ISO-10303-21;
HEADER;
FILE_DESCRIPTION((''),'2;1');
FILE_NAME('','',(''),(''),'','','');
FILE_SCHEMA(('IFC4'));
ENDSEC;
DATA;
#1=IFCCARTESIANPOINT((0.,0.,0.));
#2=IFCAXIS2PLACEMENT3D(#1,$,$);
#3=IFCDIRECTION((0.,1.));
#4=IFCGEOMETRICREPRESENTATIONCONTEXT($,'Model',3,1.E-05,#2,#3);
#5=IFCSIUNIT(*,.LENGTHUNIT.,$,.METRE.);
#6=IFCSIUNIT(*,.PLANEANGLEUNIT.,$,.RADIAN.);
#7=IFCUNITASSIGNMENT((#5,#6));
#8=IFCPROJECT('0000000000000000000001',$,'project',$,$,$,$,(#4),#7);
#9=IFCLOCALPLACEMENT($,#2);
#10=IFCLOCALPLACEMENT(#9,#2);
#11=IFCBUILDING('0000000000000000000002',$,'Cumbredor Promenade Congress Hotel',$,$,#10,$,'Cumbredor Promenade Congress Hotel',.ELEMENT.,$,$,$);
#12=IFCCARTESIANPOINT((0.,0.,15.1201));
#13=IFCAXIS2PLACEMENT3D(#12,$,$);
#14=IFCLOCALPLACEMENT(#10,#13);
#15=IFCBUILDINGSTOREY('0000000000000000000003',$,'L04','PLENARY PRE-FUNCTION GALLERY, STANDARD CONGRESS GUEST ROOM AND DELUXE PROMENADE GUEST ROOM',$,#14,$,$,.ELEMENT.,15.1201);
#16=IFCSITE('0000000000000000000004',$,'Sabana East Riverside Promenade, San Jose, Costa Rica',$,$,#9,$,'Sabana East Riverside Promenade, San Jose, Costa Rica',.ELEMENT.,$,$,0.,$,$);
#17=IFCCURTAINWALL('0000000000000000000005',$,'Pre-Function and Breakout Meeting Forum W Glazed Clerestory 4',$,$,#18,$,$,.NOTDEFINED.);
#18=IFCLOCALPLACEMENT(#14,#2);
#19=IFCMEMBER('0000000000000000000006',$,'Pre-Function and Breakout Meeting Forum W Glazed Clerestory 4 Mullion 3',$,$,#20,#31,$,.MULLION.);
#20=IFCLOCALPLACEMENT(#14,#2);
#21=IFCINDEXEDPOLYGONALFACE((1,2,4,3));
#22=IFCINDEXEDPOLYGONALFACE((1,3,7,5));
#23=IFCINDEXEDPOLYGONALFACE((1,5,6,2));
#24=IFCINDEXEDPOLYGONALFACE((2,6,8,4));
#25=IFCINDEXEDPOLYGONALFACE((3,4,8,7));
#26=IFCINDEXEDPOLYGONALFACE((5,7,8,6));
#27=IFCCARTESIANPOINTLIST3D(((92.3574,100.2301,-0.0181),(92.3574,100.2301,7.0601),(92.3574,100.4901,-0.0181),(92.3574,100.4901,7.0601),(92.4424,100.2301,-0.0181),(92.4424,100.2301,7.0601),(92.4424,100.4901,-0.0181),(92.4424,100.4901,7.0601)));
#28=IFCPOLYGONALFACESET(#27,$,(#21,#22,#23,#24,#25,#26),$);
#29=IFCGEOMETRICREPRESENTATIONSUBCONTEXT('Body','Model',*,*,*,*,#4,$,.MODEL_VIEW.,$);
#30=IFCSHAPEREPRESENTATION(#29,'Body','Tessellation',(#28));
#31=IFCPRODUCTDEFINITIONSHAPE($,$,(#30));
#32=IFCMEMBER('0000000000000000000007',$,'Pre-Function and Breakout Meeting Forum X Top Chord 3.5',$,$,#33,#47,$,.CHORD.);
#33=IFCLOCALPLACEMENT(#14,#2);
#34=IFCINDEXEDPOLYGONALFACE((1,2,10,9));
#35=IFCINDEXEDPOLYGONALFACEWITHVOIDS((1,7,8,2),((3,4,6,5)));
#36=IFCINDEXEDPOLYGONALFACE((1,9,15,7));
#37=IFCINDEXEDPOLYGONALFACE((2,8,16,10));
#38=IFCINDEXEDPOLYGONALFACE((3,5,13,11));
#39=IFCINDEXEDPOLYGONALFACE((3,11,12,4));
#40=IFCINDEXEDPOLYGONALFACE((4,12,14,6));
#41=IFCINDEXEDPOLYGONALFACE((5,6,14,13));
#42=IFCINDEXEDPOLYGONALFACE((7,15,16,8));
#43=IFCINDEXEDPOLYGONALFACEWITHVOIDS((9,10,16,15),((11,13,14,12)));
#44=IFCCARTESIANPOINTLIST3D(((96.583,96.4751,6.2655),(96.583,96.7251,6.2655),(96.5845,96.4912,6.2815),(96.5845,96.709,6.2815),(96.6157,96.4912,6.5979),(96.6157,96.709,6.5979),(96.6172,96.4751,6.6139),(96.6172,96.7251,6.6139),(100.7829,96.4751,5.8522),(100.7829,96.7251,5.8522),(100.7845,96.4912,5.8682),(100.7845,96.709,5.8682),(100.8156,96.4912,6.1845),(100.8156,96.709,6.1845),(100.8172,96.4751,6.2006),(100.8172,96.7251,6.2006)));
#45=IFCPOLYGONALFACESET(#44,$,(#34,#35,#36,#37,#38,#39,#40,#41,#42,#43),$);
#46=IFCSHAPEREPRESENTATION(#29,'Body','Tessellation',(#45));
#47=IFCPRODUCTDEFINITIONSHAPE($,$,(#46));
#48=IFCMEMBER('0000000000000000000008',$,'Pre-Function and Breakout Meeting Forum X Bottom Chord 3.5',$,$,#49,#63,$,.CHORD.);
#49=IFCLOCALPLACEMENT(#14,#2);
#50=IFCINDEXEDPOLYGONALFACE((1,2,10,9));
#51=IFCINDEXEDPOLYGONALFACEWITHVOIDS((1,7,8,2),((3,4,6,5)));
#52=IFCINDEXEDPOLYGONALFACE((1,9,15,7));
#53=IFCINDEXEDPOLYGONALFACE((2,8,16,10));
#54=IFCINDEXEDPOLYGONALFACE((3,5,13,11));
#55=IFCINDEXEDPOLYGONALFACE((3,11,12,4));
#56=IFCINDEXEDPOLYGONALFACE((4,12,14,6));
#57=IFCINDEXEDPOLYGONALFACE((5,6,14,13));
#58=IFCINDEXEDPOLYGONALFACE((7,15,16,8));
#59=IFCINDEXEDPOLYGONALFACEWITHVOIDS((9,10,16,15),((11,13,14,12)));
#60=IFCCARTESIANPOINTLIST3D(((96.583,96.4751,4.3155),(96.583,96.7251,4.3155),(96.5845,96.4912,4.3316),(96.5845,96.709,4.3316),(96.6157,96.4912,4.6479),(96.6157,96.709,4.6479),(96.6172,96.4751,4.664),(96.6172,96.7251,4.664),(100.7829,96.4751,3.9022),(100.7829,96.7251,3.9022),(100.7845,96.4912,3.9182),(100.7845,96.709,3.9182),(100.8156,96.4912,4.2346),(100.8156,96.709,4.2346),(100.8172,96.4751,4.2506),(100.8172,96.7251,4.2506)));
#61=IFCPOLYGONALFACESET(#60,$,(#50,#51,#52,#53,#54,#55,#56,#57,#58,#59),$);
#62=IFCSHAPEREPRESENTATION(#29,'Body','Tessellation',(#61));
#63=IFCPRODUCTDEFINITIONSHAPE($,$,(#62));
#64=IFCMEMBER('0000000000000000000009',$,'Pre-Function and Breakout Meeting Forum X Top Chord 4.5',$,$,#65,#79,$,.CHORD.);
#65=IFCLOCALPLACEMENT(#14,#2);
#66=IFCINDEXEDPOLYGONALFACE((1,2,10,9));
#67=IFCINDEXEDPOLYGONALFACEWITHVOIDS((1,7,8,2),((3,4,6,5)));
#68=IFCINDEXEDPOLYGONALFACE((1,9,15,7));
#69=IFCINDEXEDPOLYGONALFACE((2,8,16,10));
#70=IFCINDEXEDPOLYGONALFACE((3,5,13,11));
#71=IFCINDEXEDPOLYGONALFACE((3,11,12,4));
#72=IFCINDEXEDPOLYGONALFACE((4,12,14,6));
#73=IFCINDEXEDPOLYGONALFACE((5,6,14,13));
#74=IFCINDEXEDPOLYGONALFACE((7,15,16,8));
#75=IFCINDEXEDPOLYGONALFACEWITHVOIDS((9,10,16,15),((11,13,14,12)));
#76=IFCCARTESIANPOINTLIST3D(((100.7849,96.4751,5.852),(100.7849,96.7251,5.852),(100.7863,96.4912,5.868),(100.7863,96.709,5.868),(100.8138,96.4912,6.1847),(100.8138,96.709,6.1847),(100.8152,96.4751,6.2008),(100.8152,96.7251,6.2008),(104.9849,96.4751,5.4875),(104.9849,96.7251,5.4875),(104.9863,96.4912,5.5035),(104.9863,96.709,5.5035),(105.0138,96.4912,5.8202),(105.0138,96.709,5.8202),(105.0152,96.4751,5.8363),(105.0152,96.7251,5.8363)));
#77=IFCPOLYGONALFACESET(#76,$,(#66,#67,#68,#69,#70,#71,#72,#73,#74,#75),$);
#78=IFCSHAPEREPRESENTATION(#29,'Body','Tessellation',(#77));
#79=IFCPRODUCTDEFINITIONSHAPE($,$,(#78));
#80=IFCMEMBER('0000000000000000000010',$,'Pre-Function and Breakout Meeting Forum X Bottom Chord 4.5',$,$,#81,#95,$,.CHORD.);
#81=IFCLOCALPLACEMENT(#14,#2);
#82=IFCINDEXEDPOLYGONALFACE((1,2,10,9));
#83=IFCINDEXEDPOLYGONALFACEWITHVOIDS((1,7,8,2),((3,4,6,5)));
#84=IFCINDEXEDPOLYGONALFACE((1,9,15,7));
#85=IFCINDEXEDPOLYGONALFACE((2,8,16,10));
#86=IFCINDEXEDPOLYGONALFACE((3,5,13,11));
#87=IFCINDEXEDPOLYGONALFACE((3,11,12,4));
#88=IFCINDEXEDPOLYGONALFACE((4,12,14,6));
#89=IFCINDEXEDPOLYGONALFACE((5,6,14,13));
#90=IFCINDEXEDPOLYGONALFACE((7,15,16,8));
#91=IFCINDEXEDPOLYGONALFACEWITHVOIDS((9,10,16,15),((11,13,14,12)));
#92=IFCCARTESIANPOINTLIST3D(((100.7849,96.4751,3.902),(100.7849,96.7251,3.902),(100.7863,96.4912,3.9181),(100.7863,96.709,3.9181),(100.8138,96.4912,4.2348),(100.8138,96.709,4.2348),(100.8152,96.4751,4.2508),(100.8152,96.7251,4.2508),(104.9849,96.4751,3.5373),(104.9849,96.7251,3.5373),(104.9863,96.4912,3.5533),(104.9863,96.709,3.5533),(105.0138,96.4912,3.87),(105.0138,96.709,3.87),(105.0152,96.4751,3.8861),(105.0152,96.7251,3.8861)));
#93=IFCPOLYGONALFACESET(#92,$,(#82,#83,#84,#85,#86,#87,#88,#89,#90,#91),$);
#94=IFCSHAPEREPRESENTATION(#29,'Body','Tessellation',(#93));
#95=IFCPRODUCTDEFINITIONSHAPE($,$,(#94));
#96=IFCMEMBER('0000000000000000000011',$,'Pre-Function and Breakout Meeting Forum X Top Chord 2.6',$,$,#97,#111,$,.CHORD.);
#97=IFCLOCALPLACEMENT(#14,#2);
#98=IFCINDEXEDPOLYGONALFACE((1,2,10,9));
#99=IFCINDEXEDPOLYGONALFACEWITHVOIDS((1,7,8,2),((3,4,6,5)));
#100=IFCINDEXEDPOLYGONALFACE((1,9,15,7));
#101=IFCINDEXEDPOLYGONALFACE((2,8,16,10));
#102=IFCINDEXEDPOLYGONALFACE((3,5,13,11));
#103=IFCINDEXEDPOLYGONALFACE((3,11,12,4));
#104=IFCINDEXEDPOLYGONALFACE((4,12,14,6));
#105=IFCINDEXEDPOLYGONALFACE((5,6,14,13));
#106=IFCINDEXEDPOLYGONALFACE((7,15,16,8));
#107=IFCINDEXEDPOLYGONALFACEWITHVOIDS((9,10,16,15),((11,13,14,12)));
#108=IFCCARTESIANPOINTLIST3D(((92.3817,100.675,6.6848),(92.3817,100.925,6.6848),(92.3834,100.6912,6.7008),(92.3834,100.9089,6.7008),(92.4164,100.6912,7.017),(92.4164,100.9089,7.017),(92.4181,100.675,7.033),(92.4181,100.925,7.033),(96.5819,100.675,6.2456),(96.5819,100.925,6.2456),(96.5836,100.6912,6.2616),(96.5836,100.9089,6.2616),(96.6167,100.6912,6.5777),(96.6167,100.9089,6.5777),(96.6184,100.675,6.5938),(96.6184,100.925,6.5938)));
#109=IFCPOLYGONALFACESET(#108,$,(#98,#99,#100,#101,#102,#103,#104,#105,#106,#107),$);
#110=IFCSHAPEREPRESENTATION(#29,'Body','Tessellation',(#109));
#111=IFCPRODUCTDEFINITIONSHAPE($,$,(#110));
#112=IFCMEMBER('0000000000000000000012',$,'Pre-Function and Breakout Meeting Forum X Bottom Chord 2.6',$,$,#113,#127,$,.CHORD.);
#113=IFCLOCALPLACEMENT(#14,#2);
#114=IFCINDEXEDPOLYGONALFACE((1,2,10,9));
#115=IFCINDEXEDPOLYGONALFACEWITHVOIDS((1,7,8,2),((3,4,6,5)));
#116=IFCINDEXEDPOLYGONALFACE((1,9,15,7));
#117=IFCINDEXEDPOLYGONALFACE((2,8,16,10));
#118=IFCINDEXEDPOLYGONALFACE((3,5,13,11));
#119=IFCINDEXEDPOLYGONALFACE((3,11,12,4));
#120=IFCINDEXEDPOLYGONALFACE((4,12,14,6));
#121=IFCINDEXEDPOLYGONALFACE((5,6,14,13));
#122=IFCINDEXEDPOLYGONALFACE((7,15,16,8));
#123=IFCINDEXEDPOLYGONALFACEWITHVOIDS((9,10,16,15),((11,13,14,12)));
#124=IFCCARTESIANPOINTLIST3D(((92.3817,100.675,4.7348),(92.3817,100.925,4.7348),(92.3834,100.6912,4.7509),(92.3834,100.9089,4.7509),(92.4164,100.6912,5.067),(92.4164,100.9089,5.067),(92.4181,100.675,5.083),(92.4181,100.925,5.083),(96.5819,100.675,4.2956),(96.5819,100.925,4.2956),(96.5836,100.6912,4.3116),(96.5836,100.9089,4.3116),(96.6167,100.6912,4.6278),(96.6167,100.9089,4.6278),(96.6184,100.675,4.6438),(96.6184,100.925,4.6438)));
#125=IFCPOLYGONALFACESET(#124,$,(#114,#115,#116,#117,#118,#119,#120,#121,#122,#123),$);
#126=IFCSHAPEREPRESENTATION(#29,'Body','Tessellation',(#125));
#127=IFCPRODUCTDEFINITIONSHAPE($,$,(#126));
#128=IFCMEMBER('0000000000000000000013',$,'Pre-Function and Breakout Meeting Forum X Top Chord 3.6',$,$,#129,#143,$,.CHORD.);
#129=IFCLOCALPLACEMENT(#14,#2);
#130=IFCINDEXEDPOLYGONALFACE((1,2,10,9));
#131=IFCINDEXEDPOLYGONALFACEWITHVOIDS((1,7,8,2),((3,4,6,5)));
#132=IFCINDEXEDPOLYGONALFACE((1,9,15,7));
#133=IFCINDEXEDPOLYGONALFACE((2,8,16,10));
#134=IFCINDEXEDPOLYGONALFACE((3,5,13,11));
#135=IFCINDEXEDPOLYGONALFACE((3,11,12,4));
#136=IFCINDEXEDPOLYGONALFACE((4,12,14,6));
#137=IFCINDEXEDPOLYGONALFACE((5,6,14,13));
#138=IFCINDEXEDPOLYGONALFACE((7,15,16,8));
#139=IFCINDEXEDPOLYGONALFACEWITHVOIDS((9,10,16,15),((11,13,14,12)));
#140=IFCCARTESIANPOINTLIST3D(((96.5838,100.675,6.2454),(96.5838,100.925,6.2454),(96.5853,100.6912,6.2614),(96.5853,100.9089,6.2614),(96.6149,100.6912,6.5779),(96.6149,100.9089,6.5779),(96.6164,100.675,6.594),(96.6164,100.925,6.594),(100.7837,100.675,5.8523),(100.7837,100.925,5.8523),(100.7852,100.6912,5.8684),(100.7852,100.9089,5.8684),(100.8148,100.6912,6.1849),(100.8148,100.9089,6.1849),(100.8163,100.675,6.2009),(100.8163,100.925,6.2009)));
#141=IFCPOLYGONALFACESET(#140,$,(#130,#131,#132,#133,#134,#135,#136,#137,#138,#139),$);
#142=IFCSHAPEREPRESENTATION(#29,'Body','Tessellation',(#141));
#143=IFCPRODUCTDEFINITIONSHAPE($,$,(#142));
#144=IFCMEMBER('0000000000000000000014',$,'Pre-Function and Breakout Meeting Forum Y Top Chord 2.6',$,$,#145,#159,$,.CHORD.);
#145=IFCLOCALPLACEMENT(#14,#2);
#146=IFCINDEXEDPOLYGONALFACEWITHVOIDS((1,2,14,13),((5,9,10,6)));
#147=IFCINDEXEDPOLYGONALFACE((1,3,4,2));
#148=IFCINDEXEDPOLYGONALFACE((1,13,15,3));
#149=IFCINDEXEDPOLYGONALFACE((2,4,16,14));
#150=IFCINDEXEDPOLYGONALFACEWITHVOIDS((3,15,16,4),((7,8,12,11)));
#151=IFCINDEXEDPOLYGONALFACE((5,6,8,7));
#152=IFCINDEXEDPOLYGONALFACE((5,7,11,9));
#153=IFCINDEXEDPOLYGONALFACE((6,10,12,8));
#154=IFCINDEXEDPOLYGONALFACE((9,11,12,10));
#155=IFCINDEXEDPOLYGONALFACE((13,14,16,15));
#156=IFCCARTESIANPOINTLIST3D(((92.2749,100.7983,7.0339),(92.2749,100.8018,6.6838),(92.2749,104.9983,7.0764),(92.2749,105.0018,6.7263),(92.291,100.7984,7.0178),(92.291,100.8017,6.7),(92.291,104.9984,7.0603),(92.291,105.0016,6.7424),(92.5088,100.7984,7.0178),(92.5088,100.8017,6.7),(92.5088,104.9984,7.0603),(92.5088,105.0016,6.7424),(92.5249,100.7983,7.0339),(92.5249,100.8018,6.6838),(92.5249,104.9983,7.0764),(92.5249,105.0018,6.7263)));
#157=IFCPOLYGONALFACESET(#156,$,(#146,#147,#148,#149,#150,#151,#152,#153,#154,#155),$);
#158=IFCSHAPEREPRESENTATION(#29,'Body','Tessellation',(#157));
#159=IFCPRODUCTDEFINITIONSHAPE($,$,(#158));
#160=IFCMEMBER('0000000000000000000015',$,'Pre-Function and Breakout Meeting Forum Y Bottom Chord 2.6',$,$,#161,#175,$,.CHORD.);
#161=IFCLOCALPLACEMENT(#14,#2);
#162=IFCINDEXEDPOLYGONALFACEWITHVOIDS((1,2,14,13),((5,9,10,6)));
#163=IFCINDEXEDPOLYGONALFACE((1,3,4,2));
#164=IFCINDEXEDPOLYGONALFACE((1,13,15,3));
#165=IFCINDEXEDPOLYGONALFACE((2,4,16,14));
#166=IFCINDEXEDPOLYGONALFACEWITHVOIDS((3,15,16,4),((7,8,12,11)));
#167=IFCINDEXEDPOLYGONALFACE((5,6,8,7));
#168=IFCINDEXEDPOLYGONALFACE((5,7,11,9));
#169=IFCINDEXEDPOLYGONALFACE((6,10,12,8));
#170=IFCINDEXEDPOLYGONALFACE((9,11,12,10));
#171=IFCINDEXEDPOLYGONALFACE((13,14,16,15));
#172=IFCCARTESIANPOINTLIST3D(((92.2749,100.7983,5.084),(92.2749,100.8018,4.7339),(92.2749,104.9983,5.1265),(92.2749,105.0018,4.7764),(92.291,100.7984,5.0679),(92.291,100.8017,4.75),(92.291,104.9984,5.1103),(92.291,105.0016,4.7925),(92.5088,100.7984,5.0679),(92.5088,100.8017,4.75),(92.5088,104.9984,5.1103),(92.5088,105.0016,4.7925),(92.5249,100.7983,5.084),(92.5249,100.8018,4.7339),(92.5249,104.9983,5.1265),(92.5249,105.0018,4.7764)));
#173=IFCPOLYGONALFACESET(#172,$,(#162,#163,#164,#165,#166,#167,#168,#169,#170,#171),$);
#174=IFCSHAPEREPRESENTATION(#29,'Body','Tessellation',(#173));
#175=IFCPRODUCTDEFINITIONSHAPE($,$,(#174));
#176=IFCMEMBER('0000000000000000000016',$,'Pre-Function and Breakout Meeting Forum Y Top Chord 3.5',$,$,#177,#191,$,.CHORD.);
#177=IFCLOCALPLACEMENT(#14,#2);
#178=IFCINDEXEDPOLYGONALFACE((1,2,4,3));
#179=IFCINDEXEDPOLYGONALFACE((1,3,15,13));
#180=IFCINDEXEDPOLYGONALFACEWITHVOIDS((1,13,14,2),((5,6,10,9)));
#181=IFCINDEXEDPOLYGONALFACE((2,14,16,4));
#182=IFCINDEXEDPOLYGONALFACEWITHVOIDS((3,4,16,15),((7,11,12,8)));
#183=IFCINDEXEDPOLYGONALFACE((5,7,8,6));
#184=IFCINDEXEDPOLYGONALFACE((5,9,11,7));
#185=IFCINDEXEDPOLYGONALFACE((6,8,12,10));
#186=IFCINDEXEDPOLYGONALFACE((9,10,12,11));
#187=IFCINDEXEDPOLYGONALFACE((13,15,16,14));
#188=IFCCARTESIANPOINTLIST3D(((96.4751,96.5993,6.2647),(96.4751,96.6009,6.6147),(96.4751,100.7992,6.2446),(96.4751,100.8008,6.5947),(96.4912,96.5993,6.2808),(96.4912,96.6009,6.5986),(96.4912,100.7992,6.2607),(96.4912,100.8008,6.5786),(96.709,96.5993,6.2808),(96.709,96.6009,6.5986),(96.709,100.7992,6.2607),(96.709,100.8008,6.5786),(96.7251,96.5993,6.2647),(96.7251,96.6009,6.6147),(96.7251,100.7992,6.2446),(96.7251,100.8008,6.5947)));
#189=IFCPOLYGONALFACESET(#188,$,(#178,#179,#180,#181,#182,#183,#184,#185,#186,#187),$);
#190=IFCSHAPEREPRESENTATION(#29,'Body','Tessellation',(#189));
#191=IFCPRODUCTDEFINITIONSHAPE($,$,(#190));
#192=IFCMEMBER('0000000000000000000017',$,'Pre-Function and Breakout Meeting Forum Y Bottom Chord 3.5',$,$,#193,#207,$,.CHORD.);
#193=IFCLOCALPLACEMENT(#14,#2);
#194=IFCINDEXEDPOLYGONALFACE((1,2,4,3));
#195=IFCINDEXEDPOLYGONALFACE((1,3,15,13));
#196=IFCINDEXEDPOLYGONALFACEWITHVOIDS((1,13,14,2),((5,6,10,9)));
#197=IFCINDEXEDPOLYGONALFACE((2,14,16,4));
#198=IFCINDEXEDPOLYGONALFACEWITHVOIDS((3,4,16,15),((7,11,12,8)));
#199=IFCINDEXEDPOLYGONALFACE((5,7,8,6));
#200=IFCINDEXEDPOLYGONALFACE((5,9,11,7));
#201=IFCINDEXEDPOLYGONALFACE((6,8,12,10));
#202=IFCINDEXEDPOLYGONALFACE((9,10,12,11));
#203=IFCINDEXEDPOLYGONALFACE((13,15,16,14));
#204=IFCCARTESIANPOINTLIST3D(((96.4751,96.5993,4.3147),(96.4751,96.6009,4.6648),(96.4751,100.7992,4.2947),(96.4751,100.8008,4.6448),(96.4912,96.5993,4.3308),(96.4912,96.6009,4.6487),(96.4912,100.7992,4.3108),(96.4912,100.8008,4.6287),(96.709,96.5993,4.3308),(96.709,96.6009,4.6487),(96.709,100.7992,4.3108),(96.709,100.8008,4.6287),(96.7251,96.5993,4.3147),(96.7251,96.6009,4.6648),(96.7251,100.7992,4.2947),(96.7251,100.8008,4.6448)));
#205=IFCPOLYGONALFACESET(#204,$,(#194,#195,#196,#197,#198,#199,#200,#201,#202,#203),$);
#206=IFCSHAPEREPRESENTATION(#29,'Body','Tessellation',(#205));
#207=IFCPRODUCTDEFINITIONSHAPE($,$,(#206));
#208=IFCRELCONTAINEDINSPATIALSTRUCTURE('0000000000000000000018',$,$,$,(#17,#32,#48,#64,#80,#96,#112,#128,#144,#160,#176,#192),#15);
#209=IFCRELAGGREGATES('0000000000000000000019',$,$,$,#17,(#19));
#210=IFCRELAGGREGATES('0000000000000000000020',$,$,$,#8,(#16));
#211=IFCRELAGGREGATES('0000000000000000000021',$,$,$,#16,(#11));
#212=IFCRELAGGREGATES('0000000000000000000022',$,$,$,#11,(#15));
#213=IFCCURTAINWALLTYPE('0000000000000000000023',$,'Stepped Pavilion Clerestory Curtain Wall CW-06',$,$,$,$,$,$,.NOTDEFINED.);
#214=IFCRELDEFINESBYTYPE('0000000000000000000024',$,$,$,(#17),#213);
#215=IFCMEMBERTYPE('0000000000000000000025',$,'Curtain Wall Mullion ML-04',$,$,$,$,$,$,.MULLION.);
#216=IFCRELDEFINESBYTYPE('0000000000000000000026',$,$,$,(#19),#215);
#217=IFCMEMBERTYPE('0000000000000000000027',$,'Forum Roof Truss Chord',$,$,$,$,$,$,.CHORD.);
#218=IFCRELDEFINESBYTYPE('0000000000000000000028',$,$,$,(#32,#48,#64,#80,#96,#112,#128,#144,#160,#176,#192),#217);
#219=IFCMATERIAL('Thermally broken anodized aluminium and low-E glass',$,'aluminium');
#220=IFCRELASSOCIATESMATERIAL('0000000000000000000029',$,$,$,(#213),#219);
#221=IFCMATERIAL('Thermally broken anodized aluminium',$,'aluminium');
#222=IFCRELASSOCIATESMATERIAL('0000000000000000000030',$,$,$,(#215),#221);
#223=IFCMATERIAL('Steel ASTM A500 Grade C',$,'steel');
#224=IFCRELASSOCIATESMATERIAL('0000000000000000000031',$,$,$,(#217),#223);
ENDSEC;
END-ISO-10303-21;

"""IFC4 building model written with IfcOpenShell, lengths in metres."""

from ifc_helpers import new_model, si_unit, direction, frame, origin, origin_2d, place, context, subcontext, project, spatial, rectangle, hollow_rectangle, extrude, material, material_profile, profile_set, type_object, element, aggregate, save


model = new_model("IFC4")

# Units and contexts
model_context = context("Model", 3, precision=1e-05, world=origin(), true_north=direction((0.0, 1.0)))
body_context = subcontext(model_context, "Body", "Model", "MODEL_VIEW")
ifc_project = project(units=[si_unit("LENGTHUNIT", "METRE"), si_unit("PLANEANGLEUNIT", "RADIAN")], contexts=[model_context])

# Site, building, storey
site_placement = place(None, origin())
site = spatial("IfcSite", under=ifc_project, at=site_placement, Name="Sabana East Riverside Promenade, San Jose, Costa Rica", LongName="Sabana East Riverside Promenade, San Jose, Costa Rica", CompositionType="ELEMENT", RefElevation=0.0)
building_placement = place(site_placement, origin())
building = spatial("IfcBuilding", under=site, at=building_placement, Name="Cumbredor Promenade Congress Hotel", LongName="Cumbredor Promenade Congress Hotel", CompositionType="ELEMENT")
storey_placement = place(building_placement, frame((0.0, 0.0, 15.1201)))
storey = spatial("IfcBuildingStorey", under=building, at=storey_placement, Name="L04", Description="PLENARY PRE-FUNCTION GALLERY, STANDARD CONGRESS GUEST ROOM AND DELUXE PROMENADE GUEST ROOM", CompositionType="ELEMENT", Elevation=15.1201)

# Curtain wall, member
ifc_material_1 = material(Name="Thermally broken anodized aluminium and low-E glass", Category="aluminium")
curtain_wall_type = type_object("IfcCurtainWallType", Name="Stepped Pavilion Clerestory Curtain Wall CW-06", PredefinedType="NOTDEFINED", material=ifc_material_1)
curtain_wall_placement = place(storey_placement, origin())
curtain_wall = element("IfcCurtainWall", 1, at=curtain_wall_placement, inside=storey, type_object=curtain_wall_type, Name="Pre-Function and Breakout Meeting Forum W Glazed Clerestory 4", PredefinedType="NOTDEFINED")
ifc_material_2 = material(Name="Thermally broken anodized aluminium", Category="aluminium")
ifc_material_profile_1 = material_profile(ifc_material_2, rectangle(XDim=0.085, YDim=0.26, at=origin_2d()), Name="ALU MULLION CLERESTORY 85x260")
ifc_profile_set_1 = profile_set([ifc_material_profile_1], Name="Thermally broken anodized aluminium")
member_type_1 = type_object("IfcMemberType", Name="Curtain Wall Mullion ML-04", PredefinedType="MULLION", material=ifc_profile_set_1)
member_1_placement = place(storey_placement, frame((92.3999, 100.3601, -0.0181), z_axis=(0.0, 0.0, 1.0), x_axis=(1.0, 0.0, 0.0)))
member_1 = element("IfcMember", 2, at=member_1_placement, type_object=member_type_1, Name="Pre-Function and Breakout Meeting Forum W Glazed Clerestory 4 Mullion 3", PredefinedType="MULLION", context=body_context, shape_type="SweptSolid", body=[
    extrude(rectangle(XDim=0.085, YDim=0.26, at=origin_2d()), origin(), (0.0, 0.0, 1.0), 7.0781),
])

# Members
ifc_material_3 = material(Name="Steel ASTM A500 Grade C", Category="steel")
ifc_material_profile_2 = material_profile(ifc_material_3, hollow_rectangle(XDim=0.25, YDim=0.3501, WallThickness=0.0161, at=origin_2d()), Name="HSS 350x250x16")
ifc_profile_set_2 = profile_set([ifc_material_profile_2], Name="Steel ASTM A500 Grade C")
member_type_2 = type_object("IfcMemberType", Name="Forum Roof Truss Chord", PredefinedType="CHORD", material=ifc_profile_set_2)
for number, where, z_axis, x_axis, name in (
    (3, (96.6001, 96.6001, 6.4397), (0.995192, 0.0, -0.09794), (0.0, 1.0, 0.0), "Pre-Function and Breakout Meeting Forum X Top Chord 3.5"),
    (4, (96.6001, 96.6001, 4.4897), (0.995192, 0.0, -0.09794), (0.0, 1.0, 0.0), "Pre-Function and Breakout Meeting Forum X Bottom Chord 3.5"),
):
    element("IfcMember", number, at=place(storey_placement, frame(where, z_axis=z_axis, x_axis=x_axis)), inside=storey, type_object=member_type_2, Name=name, PredefinedType="CHORD", context=body_context, shape_type="SweptSolid", body=[
        extrude(hollow_rectangle(XDim=0.25, YDim=0.3501, WallThickness=0.0161, at=origin_2d()), origin(), (0.0, 0.0, 1.0), 4.2202),
    ])
for number, where, z_axis, x_axis, name in (
    (5, (100.8, 96.6001, 6.0264), (0.996255, 0.0, -0.086462), (0.0, 1.0, 0.0), "Pre-Function and Breakout Meeting Forum X Top Chord 4.5"),
    (6, (100.8, 96.6001, 4.0764), (0.99625, 0.0, -0.08652), (0.0, 1.0, 0.0), "Pre-Function and Breakout Meeting Forum X Bottom Chord 4.5"),
):
    element("IfcMember", number, at=place(storey_placement, frame(where, z_axis=z_axis, x_axis=x_axis)), inside=storey, type_object=member_type_2, Name=name, PredefinedType="CHORD", context=body_context, shape_type="SweptSolid", body=[
        extrude(hollow_rectangle(XDim=0.25, YDim=0.3501, WallThickness=0.0161, at=origin_2d()), origin(), (0.0, 0.0, 1.0), 4.2158),
    ])
for number, where, z_axis, x_axis, name in (
    (7, (92.3999, 100.8, 6.8589), (0.994577, 0.0, -0.104002), (0.0, 1.0, 0.0), "Pre-Function and Breakout Meeting Forum X Top Chord 2.6"),
    (8, (92.3999, 100.8, 4.9089), (0.994577, 0.0, -0.104002), (0.0, 1.0, 0.0), "Pre-Function and Breakout Meeting Forum X Bottom Chord 2.6"),
):
    element("IfcMember", number, at=place(storey_placement, frame(where, z_axis=z_axis, x_axis=x_axis)), inside=storey, type_object=member_type_2, Name=name, PredefinedType="CHORD", context=body_context, shape_type="SweptSolid", body=[
        extrude(hollow_rectangle(XDim=0.25, YDim=0.3501, WallThickness=0.0161, at=origin_2d()), origin(), (0.0, 0.0, 1.0), 4.2231),
    ])
member_2_placement = place(storey_placement, frame((96.6001, 100.8, 6.4197), z_axis=(0.995649, 0.0, -0.093181), x_axis=(0.0, 1.0, 0.0)))
element("IfcMember", 9, at=member_2_placement, inside=storey, type_object=member_type_2, Name="Pre-Function and Breakout Meeting Forum X Top Chord 3.6", PredefinedType="CHORD", context=body_context, shape_type="SweptSolid", body=[
    extrude(hollow_rectangle(XDim=0.25, YDim=0.3501, WallThickness=0.0161, at=origin_2d()), origin(), (0.0, 0.0, 1.0), 4.2183),
])
for number, where, z_axis, x_axis, name in (
    (10, (92.3999, 100.8, 6.8589), (0.0, 0.999949, 0.010114), (-1.0, 0.0, 0.0), "Pre-Function and Breakout Meeting Forum Y Top Chord 2.6"),
    (11, (92.3999, 100.8, 4.9089), (0.0, 0.999949, 0.010114), (-1.0, 0.0, 0.0), "Pre-Function and Breakout Meeting Forum Y Bottom Chord 2.6"),
):
    element("IfcMember", number, at=place(storey_placement, frame(where, z_axis=z_axis, x_axis=x_axis)), inside=storey, type_object=member_type_2, Name=name, PredefinedType="CHORD", context=body_context, shape_type="SweptSolid", body=[
        extrude(hollow_rectangle(XDim=0.25, YDim=0.3501, WallThickness=0.0161, at=origin_2d()), origin(), (0.0, 0.0, 1.0), 4.2002),
    ])
for number, where, z_axis, x_axis, name in (
    (12, (96.6001, 96.6001, 6.4397), (0.0, 0.999989, -0.004767), (-1.0, 0.0, 0.0), "Pre-Function and Breakout Meeting Forum Y Top Chord 3.5"),
    (13, (96.6001, 96.6001, 4.4897), (0.0, 0.999989, -0.004767), (-1.0, 0.0, 0.0), "Pre-Function and Breakout Meeting Forum Y Bottom Chord 3.5"),
):
    element("IfcMember", number, at=place(storey_placement, frame(where, z_axis=z_axis, x_axis=x_axis)), inside=storey, type_object=member_type_2, Name=name, PredefinedType="CHORD", context=body_context, shape_type="SweptSolid", body=[
        extrude(hollow_rectangle(XDim=0.25, YDim=0.3501, WallThickness=0.0161, at=origin_2d()), origin(), (0.0, 0.0, 1.0), 4.2),
    ])

aggregate(curtain_wall, [member_1])

save(model, "model.ifc")
